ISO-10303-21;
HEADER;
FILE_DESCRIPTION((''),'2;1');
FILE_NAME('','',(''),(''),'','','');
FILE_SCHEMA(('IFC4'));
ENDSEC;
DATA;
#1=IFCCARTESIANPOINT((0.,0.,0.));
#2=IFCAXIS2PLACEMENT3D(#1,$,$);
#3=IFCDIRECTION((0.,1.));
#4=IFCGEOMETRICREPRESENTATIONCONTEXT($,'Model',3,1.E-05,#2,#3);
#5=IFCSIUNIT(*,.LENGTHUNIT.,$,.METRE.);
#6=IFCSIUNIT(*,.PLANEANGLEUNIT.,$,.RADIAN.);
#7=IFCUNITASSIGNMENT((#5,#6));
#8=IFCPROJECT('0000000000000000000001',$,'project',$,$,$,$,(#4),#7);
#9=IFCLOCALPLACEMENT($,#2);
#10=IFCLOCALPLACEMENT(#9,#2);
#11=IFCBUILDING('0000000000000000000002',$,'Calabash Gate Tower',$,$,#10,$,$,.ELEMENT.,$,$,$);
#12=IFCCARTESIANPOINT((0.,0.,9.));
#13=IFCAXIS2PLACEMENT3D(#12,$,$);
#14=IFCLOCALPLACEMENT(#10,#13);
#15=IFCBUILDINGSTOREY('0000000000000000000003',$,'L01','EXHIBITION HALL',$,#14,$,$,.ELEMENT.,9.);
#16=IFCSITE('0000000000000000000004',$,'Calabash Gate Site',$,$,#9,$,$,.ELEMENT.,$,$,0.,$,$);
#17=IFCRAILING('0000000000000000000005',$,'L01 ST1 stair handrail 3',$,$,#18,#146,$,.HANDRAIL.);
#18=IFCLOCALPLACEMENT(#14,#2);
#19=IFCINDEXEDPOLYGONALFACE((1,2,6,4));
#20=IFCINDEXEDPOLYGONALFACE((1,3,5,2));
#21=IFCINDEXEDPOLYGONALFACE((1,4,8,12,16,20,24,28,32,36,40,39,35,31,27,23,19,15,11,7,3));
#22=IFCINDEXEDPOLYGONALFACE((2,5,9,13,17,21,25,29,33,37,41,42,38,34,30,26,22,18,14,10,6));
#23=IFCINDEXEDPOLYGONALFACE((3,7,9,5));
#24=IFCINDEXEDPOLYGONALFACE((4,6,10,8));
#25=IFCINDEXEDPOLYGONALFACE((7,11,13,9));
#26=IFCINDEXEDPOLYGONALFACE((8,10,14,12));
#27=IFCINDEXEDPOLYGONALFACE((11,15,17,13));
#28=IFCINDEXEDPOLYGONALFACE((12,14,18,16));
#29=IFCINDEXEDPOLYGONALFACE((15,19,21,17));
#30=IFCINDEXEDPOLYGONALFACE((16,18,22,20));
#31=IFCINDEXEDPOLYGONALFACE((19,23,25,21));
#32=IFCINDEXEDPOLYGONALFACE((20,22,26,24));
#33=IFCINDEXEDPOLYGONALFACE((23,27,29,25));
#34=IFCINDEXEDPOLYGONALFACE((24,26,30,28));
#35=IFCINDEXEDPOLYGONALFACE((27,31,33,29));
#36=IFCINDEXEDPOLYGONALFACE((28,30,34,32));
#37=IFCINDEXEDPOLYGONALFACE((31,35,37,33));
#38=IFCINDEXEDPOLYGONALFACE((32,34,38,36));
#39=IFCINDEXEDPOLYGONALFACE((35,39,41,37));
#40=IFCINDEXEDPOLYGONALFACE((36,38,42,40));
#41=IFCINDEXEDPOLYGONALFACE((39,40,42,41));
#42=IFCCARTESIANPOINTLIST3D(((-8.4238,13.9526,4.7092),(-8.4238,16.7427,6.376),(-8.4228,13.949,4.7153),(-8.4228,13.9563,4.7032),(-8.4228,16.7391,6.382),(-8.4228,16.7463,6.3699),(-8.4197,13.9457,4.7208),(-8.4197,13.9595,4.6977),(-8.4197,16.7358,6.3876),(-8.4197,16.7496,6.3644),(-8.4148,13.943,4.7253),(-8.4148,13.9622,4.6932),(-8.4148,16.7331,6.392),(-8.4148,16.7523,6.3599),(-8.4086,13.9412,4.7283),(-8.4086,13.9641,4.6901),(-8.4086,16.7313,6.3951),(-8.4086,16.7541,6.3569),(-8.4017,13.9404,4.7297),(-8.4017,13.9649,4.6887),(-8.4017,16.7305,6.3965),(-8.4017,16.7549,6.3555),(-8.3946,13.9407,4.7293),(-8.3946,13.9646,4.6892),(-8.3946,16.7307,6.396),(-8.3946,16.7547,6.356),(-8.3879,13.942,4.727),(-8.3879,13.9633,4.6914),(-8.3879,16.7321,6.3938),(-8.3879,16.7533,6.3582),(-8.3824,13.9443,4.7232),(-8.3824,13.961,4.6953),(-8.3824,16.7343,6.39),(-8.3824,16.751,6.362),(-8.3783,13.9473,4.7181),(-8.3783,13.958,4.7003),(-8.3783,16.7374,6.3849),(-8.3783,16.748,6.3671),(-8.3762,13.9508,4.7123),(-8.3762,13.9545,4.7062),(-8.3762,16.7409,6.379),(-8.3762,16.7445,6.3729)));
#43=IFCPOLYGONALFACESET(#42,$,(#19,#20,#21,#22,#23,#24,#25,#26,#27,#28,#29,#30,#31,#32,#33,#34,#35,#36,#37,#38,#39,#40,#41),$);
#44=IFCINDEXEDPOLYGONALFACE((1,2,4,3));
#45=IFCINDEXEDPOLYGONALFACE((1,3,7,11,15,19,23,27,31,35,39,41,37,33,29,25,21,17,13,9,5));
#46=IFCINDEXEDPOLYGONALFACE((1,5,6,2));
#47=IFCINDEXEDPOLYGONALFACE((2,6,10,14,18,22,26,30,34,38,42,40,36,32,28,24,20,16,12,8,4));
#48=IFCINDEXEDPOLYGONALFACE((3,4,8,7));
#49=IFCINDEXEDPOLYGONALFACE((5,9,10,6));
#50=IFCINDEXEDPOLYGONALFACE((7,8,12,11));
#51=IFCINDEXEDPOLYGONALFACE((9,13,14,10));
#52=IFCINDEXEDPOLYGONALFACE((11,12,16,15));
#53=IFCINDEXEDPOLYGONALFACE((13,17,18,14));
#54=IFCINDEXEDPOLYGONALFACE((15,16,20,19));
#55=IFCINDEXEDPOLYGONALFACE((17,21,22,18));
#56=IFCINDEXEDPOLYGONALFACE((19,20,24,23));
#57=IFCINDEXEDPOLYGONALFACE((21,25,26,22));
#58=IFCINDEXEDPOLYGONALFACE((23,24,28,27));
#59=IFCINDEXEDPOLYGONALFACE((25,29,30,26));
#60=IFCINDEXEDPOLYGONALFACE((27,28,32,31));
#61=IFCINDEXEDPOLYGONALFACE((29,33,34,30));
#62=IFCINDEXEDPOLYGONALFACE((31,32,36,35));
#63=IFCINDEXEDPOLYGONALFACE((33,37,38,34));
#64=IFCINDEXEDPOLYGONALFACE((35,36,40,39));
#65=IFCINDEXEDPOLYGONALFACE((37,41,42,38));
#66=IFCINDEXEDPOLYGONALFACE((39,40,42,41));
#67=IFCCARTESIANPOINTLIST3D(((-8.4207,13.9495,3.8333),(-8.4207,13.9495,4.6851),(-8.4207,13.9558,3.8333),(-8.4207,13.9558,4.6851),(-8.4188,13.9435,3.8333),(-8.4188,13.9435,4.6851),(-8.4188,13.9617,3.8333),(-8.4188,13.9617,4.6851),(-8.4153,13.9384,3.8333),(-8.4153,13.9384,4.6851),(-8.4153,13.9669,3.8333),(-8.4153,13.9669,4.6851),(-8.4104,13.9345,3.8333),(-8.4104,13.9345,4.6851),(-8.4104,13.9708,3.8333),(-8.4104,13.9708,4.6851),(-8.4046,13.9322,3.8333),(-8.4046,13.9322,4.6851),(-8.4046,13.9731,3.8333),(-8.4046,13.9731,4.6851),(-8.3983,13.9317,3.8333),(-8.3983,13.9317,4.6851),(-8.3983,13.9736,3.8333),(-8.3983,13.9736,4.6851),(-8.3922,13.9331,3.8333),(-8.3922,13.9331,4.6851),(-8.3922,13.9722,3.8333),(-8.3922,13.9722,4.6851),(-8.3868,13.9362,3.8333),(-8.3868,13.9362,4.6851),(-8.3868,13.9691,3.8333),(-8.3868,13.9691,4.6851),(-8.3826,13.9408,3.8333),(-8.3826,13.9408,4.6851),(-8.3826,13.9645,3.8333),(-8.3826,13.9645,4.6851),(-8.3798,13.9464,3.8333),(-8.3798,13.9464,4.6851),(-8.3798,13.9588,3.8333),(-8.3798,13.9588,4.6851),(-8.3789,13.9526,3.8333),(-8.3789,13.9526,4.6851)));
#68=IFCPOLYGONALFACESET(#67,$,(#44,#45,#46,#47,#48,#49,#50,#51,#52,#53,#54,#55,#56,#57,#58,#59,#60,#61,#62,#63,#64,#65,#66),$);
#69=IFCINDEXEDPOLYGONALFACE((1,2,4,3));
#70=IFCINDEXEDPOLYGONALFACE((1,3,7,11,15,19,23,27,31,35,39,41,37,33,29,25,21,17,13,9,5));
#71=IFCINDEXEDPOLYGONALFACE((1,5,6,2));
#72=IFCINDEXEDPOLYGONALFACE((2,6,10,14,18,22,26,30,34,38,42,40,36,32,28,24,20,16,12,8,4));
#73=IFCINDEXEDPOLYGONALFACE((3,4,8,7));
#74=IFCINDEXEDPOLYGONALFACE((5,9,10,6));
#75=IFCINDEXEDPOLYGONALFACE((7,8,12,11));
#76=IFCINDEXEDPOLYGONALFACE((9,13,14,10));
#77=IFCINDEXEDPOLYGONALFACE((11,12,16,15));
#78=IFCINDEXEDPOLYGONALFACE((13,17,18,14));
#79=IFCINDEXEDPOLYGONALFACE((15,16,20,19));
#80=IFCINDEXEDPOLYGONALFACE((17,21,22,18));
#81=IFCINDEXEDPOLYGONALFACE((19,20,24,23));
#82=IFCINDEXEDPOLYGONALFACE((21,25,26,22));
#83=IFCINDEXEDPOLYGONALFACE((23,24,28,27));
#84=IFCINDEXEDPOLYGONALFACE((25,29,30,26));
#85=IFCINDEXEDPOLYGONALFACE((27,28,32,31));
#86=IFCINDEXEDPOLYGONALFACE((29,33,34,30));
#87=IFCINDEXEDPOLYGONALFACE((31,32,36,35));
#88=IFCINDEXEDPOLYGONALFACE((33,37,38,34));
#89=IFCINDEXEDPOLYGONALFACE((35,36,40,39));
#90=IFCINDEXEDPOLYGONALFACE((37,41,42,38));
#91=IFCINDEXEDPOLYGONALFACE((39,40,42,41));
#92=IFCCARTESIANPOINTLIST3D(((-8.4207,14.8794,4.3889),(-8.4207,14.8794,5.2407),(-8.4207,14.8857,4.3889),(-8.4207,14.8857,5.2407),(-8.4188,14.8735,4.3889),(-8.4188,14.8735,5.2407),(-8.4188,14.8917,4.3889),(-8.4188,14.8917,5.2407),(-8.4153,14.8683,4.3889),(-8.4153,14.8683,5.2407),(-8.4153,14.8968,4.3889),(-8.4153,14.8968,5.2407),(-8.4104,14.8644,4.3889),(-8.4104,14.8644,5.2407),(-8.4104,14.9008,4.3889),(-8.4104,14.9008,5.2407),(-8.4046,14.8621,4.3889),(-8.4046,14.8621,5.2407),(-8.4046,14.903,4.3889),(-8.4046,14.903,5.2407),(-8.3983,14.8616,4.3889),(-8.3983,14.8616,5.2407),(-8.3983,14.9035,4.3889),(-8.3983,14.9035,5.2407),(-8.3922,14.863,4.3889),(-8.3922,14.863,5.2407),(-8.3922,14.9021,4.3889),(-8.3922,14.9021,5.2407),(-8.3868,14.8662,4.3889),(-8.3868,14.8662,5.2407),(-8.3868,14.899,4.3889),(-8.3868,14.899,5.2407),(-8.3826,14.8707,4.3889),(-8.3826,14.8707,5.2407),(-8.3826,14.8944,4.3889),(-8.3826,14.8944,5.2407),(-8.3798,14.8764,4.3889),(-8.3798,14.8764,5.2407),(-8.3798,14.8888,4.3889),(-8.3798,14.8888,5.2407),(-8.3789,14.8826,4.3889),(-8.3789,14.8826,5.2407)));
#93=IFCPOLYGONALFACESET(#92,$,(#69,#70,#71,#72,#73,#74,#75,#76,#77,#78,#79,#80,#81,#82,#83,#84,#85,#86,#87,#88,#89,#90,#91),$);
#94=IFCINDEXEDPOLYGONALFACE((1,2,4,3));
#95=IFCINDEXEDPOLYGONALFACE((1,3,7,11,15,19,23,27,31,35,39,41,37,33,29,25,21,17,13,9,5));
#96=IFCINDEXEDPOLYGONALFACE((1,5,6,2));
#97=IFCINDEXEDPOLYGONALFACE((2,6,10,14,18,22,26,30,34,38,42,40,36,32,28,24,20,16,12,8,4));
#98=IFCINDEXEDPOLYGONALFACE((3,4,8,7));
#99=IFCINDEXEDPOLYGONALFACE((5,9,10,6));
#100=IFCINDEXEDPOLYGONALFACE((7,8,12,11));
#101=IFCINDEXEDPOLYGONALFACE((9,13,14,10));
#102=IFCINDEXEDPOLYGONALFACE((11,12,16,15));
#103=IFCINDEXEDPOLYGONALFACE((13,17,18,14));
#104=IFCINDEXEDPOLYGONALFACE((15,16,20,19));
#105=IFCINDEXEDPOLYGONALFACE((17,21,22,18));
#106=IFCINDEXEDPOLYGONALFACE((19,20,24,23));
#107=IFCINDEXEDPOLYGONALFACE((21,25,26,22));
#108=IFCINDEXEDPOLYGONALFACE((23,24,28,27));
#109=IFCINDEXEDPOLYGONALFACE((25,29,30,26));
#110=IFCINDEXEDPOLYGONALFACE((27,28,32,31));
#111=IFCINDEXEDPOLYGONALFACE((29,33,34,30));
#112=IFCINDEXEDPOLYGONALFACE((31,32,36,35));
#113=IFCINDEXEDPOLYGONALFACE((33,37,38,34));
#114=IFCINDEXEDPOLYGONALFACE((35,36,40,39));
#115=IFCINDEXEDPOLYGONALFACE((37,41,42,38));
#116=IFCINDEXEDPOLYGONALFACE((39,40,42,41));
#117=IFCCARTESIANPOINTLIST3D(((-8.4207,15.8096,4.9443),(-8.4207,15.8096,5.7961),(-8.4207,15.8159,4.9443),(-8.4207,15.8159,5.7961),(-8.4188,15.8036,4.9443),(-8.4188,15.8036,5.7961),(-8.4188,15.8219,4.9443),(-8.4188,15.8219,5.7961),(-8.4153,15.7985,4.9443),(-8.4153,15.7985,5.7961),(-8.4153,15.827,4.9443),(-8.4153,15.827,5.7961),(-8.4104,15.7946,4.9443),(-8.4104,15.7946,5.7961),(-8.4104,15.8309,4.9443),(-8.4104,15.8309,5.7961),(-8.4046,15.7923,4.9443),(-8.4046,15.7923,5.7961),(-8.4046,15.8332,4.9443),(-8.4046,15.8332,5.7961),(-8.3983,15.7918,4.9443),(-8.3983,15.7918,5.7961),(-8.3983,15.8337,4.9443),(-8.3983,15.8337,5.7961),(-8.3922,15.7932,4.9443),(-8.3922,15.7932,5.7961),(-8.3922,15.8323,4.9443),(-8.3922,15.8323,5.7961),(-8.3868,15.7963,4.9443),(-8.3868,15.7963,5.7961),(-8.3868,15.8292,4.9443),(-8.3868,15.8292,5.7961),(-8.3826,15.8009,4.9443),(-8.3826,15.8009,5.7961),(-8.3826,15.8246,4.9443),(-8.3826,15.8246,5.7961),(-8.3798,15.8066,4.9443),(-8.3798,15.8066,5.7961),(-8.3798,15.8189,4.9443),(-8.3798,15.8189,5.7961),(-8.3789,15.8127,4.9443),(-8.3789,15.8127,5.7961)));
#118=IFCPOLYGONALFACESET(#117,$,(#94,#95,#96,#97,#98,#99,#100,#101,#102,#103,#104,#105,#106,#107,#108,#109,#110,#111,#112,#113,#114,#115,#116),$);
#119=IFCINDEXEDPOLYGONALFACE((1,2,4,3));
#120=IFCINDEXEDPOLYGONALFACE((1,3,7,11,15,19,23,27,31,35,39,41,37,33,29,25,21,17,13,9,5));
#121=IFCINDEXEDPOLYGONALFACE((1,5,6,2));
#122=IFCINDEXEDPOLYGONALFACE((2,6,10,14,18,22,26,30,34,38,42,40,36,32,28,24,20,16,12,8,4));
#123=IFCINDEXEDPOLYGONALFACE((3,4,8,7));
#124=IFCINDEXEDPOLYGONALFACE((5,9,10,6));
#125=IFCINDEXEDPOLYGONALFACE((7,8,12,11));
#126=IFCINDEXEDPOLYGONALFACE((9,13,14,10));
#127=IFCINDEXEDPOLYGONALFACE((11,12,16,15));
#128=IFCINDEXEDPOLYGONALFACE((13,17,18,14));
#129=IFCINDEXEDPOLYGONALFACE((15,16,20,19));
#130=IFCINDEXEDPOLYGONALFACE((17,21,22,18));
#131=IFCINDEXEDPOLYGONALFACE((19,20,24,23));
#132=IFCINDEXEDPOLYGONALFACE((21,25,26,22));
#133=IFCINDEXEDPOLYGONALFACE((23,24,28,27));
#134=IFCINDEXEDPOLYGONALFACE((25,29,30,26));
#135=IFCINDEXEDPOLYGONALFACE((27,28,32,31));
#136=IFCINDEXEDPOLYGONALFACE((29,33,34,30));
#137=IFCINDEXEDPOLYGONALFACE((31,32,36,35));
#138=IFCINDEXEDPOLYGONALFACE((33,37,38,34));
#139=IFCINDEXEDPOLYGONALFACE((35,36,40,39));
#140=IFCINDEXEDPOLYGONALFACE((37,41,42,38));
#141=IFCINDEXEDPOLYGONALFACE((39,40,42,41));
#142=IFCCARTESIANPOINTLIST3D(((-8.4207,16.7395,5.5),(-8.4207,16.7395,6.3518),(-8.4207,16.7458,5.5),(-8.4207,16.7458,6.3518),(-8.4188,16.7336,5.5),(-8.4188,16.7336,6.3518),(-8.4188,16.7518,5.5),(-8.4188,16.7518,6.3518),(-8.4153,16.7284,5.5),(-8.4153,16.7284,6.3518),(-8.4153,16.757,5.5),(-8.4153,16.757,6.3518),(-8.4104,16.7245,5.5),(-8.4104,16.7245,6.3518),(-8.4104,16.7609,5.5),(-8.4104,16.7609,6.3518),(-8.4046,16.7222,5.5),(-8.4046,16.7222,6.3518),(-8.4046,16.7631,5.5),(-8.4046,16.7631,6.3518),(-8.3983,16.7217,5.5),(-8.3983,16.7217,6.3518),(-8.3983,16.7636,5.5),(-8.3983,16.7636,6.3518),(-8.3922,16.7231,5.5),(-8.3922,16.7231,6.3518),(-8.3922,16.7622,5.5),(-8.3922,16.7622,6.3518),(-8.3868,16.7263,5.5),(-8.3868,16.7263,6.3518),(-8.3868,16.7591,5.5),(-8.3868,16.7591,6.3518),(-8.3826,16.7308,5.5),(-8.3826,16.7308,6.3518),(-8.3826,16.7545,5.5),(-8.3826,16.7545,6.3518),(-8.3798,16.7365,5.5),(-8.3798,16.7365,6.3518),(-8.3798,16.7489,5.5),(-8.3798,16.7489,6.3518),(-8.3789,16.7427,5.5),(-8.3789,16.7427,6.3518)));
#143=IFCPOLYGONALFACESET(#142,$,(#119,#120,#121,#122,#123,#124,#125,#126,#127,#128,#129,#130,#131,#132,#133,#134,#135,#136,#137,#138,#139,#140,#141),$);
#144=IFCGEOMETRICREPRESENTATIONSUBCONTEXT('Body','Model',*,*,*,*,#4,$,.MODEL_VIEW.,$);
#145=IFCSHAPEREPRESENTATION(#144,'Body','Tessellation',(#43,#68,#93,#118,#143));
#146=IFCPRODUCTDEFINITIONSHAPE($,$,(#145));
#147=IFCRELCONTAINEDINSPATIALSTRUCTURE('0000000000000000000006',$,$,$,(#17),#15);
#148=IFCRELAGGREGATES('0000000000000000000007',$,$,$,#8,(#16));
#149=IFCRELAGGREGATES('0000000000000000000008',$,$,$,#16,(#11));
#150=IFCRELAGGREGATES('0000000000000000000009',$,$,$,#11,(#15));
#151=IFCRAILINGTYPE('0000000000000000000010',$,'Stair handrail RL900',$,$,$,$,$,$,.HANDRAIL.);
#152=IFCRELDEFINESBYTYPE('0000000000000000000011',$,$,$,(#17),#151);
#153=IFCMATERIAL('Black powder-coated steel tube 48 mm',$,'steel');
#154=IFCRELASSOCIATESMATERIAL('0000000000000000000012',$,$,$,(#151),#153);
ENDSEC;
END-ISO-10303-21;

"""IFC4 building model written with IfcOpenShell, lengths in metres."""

from ifc_helpers import new_model, si_unit, direction, frame, origin, origin_2d, place, context, subcontext, project, spatial, circle, extrude, material, type_object, element, save


model = new_model("IFC4")

# Units and contexts
model_context = context("Model", 3, precision=1e-05, world=origin(), true_north=direction((0.0, 1.0)))
body_context = subcontext(model_context, "Body", "Model", "MODEL_VIEW")
ifc_project = project(units=[si_unit("LENGTHUNIT", "METRE"), si_unit("PLANEANGLEUNIT", "RADIAN")], contexts=[model_context])

# Site, building, storey
site_placement = place(None, origin())
site = spatial("IfcSite", under=ifc_project, at=site_placement, Name="Calabash Gate Site", CompositionType="ELEMENT", RefElevation=0.0)
building_placement = place(site_placement, origin())
building = spatial("IfcBuilding", under=site, at=building_placement, Name="Calabash Gate Tower", CompositionType="ELEMENT")
storey_placement = place(building_placement, frame((0.0, 0.0, 9.0)))
storey = spatial("IfcBuildingStorey", under=building, at=storey_placement, Name="L01", Description="EXHIBITION HALL", CompositionType="ELEMENT", Elevation=9.0)

# Railing
ifc_material_1 = material(Name="Black powder-coated steel tube 48 mm", Category="steel")
railing_type_1 = type_object("IfcRailingType", Name="Stair handrail RL900", PredefinedType="HANDRAIL", material=ifc_material_1)
railing_1_placement = place(storey_placement, frame((-8.3999, 13.9526, 3.8333)))
element("IfcRailing", 1, at=railing_1_placement, inside=storey, type_object=railing_type_1, Name="L01 ST1 stair handrail 3", PredefinedType="HANDRAIL", context=body_context, shape_type="SweptSolid", body=[
    extrude(circle(Radius=0.0239, at=origin_2d()), frame((0.0, 0.0, 0.876), z_axis=(0.0, 0.858479, 0.512849), x_axis=(-1.0, 0.0, 0.0)), (0.0, 0.0, 1.0), 3.25),
    extrude(circle(Radius=0.021, at=origin_2d()), origin(), (0.0, 0.0, 1.0), 0.8518),
    extrude(circle(Radius=0.021, at=origin_2d()), frame((0.0, 0.9299, 0.5557)), (0.0, 0.0, 1.0), 0.8518),
    extrude(circle(Radius=0.021, at=origin_2d()), frame((0.0, 1.8601, 1.1111)), (0.0, 0.0, 1.0), 0.8518),
    extrude(circle(Radius=0.021, at=origin_2d()), frame((0.0, 2.79, 1.6667)), (0.0, 0.0, 1.0), 0.8518),
])

save(model, "model.ifc")
